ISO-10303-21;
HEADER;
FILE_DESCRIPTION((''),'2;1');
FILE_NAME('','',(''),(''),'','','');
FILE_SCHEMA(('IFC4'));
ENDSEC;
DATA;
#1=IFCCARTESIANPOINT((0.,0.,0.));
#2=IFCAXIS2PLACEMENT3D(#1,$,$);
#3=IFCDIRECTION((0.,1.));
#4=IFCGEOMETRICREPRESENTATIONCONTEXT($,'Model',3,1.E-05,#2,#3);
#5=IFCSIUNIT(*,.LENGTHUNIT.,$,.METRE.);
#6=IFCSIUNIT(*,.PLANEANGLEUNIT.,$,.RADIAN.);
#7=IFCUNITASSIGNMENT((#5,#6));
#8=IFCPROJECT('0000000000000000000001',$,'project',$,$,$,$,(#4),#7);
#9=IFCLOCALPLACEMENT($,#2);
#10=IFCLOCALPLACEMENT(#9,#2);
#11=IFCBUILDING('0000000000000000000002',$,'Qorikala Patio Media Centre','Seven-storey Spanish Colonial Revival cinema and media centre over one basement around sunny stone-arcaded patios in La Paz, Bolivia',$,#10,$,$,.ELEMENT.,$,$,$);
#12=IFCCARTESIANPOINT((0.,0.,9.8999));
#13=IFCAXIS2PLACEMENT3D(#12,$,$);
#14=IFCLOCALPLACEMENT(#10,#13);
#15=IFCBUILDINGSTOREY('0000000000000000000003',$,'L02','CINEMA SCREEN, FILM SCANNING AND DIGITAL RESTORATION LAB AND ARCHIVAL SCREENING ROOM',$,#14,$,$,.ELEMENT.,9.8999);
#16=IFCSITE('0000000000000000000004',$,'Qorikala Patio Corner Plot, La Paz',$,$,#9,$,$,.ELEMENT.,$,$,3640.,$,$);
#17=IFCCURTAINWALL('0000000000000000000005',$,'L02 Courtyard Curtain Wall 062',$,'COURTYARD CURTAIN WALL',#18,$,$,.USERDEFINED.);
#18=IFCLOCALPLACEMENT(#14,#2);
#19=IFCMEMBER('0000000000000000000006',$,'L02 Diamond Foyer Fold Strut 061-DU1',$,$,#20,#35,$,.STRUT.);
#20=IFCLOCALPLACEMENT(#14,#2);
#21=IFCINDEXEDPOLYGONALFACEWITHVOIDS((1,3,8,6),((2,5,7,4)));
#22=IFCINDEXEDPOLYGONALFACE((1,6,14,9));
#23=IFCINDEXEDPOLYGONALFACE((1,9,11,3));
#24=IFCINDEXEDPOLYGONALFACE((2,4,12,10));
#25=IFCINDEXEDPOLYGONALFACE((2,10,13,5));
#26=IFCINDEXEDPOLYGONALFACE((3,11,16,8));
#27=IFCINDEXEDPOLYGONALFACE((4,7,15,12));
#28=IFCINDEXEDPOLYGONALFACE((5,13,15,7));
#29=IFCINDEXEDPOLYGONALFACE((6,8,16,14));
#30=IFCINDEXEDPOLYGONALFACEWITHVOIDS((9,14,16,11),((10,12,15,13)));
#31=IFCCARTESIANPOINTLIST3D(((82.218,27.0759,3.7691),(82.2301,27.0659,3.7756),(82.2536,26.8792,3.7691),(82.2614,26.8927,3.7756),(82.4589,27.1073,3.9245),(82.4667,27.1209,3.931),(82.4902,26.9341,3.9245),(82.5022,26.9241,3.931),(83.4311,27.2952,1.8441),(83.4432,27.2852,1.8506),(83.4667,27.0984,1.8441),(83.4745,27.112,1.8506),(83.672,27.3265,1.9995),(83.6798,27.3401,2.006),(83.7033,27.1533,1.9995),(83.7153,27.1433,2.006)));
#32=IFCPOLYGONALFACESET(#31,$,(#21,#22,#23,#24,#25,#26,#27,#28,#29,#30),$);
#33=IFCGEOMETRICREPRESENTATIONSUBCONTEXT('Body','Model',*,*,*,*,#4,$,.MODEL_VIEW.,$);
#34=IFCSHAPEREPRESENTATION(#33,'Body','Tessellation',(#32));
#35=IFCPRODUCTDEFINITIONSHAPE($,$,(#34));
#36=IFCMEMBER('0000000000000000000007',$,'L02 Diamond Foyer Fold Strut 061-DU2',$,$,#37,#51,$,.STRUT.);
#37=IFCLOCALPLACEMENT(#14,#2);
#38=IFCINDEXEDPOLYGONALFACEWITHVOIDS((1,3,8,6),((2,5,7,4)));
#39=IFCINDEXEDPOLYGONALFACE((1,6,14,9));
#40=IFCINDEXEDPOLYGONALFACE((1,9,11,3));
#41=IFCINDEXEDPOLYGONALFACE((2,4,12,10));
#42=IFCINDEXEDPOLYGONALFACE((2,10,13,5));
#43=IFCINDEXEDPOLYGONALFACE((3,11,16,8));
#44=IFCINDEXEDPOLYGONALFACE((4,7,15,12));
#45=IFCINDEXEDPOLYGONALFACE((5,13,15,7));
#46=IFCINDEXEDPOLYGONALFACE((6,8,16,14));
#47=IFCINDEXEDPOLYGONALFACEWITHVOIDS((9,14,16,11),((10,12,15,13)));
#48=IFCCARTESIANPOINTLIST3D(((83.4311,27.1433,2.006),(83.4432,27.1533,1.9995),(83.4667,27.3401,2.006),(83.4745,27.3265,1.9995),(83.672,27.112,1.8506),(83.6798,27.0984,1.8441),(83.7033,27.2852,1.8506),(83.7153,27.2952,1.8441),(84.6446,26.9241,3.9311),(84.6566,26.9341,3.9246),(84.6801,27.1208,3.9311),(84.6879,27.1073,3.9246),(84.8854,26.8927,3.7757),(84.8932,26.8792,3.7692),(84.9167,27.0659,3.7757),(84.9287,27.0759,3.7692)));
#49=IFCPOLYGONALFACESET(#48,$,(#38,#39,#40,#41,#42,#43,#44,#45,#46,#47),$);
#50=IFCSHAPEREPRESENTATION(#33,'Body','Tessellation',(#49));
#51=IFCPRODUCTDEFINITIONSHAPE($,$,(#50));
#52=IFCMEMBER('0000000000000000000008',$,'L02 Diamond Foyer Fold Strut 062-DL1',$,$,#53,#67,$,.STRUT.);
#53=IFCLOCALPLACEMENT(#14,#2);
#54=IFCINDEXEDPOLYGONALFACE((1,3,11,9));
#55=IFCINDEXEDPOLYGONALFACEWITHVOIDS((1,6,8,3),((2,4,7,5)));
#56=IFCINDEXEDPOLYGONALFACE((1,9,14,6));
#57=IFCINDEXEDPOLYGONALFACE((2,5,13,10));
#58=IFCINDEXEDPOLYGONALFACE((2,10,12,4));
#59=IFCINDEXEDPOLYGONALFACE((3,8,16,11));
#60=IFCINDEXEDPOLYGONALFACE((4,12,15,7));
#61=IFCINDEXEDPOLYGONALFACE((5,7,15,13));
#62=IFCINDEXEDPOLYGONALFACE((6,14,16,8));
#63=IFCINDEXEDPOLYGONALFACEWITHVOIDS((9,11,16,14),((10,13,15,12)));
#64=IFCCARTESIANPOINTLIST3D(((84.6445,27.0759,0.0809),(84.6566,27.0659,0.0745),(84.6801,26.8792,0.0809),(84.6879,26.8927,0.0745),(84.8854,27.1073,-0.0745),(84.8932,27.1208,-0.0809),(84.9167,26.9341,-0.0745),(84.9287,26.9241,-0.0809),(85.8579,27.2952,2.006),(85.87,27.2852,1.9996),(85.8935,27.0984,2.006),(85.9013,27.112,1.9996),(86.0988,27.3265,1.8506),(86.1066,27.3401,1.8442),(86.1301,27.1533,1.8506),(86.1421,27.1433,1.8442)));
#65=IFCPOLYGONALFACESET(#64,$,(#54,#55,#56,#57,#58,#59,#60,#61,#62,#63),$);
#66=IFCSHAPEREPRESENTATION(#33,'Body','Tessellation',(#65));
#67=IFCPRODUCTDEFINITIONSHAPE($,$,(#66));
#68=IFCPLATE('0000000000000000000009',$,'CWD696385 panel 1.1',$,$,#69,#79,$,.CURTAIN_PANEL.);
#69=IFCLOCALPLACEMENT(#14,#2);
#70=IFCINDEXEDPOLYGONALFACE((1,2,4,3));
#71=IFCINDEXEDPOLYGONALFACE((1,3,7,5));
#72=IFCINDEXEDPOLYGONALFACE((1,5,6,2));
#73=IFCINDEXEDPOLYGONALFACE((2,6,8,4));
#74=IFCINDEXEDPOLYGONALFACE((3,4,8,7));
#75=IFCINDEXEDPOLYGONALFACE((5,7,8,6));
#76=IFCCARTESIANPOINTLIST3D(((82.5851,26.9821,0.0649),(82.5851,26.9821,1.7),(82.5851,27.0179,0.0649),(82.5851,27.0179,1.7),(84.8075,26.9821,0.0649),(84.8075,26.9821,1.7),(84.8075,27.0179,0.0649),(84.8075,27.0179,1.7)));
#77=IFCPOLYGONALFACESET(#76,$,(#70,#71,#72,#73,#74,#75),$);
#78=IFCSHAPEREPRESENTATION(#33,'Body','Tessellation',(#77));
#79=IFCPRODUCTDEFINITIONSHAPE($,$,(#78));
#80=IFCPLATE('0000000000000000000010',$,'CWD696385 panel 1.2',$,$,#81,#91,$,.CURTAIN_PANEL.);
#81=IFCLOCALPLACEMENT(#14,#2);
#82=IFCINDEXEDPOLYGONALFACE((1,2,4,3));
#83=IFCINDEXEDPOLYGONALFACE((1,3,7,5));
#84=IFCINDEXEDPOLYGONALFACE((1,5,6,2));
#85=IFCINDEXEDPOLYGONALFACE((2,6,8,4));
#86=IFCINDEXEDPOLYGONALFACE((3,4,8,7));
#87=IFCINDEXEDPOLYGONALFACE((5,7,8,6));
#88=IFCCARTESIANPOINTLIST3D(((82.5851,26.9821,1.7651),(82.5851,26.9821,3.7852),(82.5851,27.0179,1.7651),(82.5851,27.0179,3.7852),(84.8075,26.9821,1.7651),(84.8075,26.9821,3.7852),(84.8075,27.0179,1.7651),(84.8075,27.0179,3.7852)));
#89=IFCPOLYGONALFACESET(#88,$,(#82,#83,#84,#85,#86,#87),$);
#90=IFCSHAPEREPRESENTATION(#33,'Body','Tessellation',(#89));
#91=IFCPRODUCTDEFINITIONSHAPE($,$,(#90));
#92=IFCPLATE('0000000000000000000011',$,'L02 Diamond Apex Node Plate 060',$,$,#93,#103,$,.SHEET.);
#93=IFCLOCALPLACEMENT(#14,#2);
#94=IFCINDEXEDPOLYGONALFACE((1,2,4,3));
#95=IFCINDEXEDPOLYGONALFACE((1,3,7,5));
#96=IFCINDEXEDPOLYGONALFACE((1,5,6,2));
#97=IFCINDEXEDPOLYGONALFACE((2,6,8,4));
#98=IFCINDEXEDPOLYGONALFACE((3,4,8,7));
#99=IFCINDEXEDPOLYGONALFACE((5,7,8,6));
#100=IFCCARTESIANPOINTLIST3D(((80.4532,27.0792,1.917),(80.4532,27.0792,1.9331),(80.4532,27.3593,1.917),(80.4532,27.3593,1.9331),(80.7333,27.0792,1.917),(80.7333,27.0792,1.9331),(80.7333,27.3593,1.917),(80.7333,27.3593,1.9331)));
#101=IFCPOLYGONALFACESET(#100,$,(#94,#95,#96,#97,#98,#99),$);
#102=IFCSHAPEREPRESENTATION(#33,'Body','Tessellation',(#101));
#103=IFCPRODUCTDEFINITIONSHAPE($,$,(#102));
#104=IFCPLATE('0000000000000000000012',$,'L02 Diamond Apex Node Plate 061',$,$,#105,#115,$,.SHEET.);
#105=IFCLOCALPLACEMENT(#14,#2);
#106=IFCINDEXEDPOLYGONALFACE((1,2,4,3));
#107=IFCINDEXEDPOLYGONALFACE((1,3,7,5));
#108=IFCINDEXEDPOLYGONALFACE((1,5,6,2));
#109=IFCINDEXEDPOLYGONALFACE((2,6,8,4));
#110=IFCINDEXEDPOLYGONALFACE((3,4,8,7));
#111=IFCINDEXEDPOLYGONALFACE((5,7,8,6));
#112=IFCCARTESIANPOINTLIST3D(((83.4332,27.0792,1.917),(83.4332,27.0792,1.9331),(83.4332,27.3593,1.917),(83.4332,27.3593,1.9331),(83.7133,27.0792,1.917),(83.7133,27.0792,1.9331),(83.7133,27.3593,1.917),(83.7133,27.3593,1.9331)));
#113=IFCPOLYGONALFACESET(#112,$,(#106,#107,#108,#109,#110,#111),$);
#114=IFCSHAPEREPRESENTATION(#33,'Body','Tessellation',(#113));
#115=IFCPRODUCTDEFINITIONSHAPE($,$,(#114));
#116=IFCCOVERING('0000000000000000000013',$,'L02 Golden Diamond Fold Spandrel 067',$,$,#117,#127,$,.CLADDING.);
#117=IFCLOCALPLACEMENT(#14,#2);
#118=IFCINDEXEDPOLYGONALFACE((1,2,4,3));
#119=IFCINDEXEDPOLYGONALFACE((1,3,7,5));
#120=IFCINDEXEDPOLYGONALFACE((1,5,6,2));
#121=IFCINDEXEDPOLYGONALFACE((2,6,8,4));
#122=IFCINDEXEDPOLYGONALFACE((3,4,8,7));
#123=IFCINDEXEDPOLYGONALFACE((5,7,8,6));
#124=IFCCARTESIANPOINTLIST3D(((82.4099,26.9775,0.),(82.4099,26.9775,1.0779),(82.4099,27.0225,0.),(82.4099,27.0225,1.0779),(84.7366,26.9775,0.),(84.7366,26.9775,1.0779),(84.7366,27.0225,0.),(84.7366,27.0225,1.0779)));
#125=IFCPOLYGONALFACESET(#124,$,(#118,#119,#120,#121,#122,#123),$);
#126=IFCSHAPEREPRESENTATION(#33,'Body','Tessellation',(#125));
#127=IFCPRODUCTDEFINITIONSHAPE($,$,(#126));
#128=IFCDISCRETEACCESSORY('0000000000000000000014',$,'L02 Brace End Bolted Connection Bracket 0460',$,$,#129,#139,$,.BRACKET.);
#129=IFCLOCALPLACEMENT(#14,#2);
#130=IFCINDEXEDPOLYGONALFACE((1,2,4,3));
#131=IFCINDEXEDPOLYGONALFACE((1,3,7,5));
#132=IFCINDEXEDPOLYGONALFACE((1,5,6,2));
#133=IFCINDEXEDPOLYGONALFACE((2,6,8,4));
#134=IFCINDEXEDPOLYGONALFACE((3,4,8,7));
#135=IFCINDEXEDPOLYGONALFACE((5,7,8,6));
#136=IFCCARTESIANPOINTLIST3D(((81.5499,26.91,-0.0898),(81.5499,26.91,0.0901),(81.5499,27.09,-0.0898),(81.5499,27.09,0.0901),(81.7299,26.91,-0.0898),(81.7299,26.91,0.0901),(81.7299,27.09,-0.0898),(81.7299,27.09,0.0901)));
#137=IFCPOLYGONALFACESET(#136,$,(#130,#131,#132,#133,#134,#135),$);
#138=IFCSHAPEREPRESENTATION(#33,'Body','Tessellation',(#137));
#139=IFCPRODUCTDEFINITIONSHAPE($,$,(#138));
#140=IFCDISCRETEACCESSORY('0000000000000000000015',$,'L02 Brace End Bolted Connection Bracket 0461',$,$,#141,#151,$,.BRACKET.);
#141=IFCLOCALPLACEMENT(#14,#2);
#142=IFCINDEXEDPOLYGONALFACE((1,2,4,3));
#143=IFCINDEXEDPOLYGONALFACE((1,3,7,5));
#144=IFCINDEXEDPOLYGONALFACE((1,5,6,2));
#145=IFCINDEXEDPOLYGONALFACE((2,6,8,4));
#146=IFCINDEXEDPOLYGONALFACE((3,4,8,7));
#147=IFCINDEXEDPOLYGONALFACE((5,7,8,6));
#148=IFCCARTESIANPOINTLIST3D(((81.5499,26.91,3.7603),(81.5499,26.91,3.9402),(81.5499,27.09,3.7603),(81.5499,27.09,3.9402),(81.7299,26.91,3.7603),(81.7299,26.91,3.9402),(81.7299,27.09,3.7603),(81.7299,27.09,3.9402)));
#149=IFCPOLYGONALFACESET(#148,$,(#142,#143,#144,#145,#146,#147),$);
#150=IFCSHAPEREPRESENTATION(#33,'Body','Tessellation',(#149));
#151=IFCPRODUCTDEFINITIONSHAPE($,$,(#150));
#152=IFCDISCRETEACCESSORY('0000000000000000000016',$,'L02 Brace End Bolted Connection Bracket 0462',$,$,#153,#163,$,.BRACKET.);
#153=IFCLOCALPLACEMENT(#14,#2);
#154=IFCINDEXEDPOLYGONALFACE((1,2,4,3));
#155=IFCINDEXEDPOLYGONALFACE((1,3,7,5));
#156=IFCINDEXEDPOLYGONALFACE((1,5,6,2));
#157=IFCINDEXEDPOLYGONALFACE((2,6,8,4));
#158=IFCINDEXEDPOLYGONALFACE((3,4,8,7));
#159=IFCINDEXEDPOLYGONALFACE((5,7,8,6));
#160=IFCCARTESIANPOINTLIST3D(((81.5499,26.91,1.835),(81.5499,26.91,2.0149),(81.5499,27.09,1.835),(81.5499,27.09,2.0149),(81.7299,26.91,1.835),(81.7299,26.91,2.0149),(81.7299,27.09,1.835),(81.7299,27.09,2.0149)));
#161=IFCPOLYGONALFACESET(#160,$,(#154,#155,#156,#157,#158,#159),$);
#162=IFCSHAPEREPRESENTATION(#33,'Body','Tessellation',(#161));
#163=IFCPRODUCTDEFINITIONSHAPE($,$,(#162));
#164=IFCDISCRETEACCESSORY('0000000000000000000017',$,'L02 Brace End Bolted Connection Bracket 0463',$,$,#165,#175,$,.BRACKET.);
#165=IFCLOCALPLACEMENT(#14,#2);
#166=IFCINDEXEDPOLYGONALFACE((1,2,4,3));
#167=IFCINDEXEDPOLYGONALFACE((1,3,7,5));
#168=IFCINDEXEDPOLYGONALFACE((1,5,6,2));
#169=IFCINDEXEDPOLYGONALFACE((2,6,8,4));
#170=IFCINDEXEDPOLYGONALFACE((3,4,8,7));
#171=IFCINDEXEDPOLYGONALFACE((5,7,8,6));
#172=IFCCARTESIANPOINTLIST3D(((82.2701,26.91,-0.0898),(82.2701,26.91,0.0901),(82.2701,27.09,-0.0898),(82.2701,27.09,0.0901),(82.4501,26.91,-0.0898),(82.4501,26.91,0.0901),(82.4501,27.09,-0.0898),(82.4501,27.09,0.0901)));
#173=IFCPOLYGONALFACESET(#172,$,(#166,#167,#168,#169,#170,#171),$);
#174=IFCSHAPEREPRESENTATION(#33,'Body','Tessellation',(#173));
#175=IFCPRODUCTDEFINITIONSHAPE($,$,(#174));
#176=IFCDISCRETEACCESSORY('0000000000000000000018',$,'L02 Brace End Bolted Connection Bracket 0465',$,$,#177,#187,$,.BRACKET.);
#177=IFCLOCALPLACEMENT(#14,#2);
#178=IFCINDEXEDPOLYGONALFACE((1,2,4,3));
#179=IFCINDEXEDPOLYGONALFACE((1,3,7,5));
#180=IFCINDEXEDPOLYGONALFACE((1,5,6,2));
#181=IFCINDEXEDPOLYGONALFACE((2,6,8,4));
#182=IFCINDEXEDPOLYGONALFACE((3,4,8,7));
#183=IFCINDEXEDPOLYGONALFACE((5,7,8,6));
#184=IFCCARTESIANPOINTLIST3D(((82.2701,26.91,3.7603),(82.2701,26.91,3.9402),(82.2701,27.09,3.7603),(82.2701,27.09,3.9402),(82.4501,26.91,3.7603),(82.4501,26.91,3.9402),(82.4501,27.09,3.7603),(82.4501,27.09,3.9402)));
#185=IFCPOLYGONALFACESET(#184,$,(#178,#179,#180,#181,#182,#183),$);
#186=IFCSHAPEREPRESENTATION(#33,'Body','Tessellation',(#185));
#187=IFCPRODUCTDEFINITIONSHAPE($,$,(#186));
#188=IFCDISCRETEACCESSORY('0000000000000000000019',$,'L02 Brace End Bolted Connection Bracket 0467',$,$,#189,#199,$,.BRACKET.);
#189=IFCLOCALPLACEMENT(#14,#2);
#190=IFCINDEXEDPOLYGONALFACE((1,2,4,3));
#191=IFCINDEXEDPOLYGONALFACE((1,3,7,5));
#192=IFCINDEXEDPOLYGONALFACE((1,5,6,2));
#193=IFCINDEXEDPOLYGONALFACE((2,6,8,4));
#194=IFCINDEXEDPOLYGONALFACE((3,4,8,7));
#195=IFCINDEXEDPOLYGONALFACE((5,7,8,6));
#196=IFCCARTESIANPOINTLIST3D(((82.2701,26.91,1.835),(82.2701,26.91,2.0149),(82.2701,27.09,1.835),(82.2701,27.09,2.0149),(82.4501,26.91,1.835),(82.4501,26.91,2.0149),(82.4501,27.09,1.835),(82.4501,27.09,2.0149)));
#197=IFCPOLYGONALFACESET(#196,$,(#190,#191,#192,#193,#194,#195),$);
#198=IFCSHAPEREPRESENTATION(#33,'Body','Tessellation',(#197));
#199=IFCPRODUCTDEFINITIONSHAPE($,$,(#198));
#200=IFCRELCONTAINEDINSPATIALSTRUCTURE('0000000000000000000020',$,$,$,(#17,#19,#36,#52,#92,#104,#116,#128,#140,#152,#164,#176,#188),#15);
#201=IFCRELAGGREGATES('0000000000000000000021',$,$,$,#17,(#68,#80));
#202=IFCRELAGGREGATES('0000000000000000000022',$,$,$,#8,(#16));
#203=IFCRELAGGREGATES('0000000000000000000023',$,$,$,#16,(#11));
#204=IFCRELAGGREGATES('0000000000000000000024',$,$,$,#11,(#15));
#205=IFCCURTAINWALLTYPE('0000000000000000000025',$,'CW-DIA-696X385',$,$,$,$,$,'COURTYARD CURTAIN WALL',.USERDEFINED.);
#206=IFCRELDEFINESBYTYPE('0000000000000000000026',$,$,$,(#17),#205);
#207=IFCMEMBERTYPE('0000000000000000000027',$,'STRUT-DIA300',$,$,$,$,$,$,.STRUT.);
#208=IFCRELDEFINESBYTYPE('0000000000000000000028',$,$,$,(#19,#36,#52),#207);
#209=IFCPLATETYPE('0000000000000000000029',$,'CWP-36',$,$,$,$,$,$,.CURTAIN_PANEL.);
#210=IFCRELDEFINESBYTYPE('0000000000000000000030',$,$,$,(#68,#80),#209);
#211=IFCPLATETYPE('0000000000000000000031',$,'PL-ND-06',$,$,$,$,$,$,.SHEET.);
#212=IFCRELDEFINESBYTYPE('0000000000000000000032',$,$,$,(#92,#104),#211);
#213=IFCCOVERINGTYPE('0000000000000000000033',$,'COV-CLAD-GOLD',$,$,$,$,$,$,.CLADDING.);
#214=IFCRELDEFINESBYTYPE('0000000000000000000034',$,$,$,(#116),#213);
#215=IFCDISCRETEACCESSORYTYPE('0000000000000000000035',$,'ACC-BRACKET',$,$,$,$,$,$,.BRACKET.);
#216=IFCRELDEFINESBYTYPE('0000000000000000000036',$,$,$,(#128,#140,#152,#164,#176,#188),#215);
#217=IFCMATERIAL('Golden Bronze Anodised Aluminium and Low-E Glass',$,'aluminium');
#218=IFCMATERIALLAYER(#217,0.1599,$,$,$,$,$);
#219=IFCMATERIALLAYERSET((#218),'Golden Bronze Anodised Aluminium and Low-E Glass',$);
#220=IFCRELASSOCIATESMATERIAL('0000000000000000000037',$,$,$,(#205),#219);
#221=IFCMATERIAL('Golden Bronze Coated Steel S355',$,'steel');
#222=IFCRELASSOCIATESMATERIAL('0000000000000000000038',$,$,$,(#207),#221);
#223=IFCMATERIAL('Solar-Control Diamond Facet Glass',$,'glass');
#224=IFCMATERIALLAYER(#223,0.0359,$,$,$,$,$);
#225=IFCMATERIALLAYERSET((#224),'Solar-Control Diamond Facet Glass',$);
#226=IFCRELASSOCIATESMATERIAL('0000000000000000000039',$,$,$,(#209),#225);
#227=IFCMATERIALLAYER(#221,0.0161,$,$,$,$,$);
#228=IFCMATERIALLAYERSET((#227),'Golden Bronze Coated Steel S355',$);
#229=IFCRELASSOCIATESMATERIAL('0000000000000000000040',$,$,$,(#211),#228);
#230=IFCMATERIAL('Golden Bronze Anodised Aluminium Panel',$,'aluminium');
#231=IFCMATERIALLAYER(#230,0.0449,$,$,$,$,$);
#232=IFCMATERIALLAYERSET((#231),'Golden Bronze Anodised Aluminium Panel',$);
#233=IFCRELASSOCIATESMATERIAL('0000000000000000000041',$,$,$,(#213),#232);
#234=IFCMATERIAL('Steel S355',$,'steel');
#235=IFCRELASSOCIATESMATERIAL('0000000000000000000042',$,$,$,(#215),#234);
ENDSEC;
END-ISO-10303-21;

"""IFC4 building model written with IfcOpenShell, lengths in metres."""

from ifc_helpers import new_model, si_unit, direction, frame, origin, origin_2d, place, context, subcontext, project, spatial, rectangle, hollow_rectangle, extrude, material, layer, layer_set, material_profile, profile_set, type_object, element, aggregate, save


model = new_model("IFC4")

# Units and contexts
model_context = context("Model", 3, precision=1e-05, world=origin(), true_north=direction((0.0, 1.0)))
body_context = subcontext(model_context, "Body", "Model", "MODEL_VIEW")
ifc_project = project(units=[si_unit("LENGTHUNIT", "METRE"), si_unit("PLANEANGLEUNIT", "RADIAN")], contexts=[model_context])

# Site, building, storey
site_placement = place(None, origin())
site = spatial("IfcSite", under=ifc_project, at=site_placement, Name="Qorikala Patio Corner Plot, La Paz", CompositionType="ELEMENT", RefElevation=3640.0)
building_placement = place(site_placement, origin())
building = spatial("IfcBuilding", under=site, at=building_placement, Name="Qorikala Patio Media Centre", Description="Seven-storey Spanish Colonial Revival cinema and media centre over one basement around sunny stone-arcaded patios in La Paz, Bolivia", CompositionType="ELEMENT")
storey_placement = place(building_placement, frame((0.0, 0.0, 9.8999)))
storey = spatial("IfcBuildingStorey", under=building, at=storey_placement, Name="L02", Description="CINEMA SCREEN, FILM SCANNING AND DIGITAL RESTORATION LAB AND ARCHIVAL SCREENING ROOM", CompositionType="ELEMENT", Elevation=9.8999)

# Shared definitions
ifc_material_1 = material(Name="Golden Bronze Coated Steel S355", Category="steel")

# Shared definitions
ifc_material_2 = material(Name="Golden Bronze Anodised Aluminium and Low-E Glass", Category="aluminium")

# Curtain wall
ifc_layer_1 = layer(ifc_material_2, 0.1599)
ifc_layer_set_1 = layer_set([ifc_layer_1], Name="Golden Bronze Anodised Aluminium and Low-E Glass")
curtain_wall_type_1 = type_object("IfcCurtainWallType", Name="CW-DIA-696X385", ElementType="COURTYARD CURTAIN WALL", PredefinedType="USERDEFINED", material=ifc_layer_set_1)
curtain_wall_1_placement = place(storey_placement, origin())
curtain_wall_1 = element("IfcCurtainWall", 1, at=curtain_wall_1_placement, inside=storey, type_object=curtain_wall_type_1, Name="L02 Courtyard Curtain Wall 062", ObjectType="COURTYARD CURTAIN WALL", PredefinedType="USERDEFINED")

# Members
ifc_material_profile_1 = material_profile(ifc_material_1, hollow_rectangle(XDim=0.2, YDim=0.3, WallThickness=0.012, at=origin_2d()), Name="HSS300X200X12")
ifc_profile_set_1 = profile_set([ifc_material_profile_1], Name="Golden Bronze Coated Steel S355")
member_type_1 = type_object("IfcMemberType", Name="STRUT-DIA300", PredefinedType="STRUT", material=ifc_profile_set_1)
member_1_placement = place(storey_placement, frame((83.5732, 27.2192, 1.925), z_axis=(-0.530691, -0.095907, 0.842121), x_axis=(0.17784, -0.984059, 0.0)))
element("IfcMember", 2, at=member_1_placement, inside=storey, type_object=member_type_1, Name="L02 Diamond Foyer Fold Strut 061-DU1", PredefinedType="STRUT", context=body_context, shape_type="SweptSolid", body=[
    extrude(hollow_rectangle(XDim=0.2, YDim=0.3, WallThickness=0.012, at=origin_2d()), origin(), (0.0, 0.0, 1.0), 2.2859),
])
for number, where, z_axis, x_axis, name in (
    (3, (83.5732, 27.2192, 1.925), (0.530768, -0.095901, 0.842074), (0.177805, 0.984066, 0.0), "L02 Diamond Foyer Fold Strut 061-DU2"),
    (4, (84.7866, 27.0, 0.0), (0.530768, 0.095901, 0.842074), (-0.177805, 0.984066, 0.0), "L02 Diamond Foyer Fold Strut 062-DL1"),
):
    element("IfcMember", number, at=place(storey_placement, frame(where, z_axis=z_axis, x_axis=x_axis)), inside=storey, type_object=member_type_1, Name=name, PredefinedType="STRUT", context=body_context, shape_type="SweptSolid", body=[
        extrude(hollow_rectangle(XDim=0.2, YDim=0.3, WallThickness=0.012, at=origin_2d()), origin(), (0.0, 0.0, 1.0), 2.2861),
    ])

# Plates
ifc_material_3 = material(Name="Solar-Control Diamond Facet Glass", Category="glass")
ifc_layer_2 = layer(ifc_material_3, 0.0359)
ifc_layer_set_2 = layer_set([ifc_layer_2], Name="Solar-Control Diamond Facet Glass")
plate_type_1 = type_object("IfcPlateType", Name="CWP-36", PredefinedType="CURTAIN_PANEL", material=ifc_layer_set_2)
plate_1_placement = place(storey_placement, frame((83.6963, 27.0, 0.0649), z_axis=(0.0, 0.0, 1.0), x_axis=(1.0, 0.0, 0.0)))
plate_1 = element("IfcPlate", 5, at=plate_1_placement, type_object=plate_type_1, Name="CWD696385 panel 1.1", PredefinedType="CURTAIN_PANEL", context=body_context, shape_type="SweptSolid", body=[
    extrude(rectangle(XDim=2.2224, YDim=0.0359, at=origin_2d()), origin(), (0.0, 0.0, 1.0), 1.635),
])
plate_2_placement = place(storey_placement, frame((83.6963, 27.0, 1.7651), z_axis=(0.0, 0.0, 1.0), x_axis=(1.0, 0.0, 0.0)))
plate_2 = element("IfcPlate", 6, at=plate_2_placement, type_object=plate_type_1, Name="CWD696385 panel 1.2", PredefinedType="CURTAIN_PANEL", context=body_context, shape_type="SweptSolid", body=[
    extrude(rectangle(XDim=2.2224, YDim=0.0359, at=origin_2d()), origin(), (0.0, 0.0, 1.0), 2.02),
])
aggregate(curtain_wall_1, [plate_1, plate_2])

# Plates
ifc_layer_3 = layer(ifc_material_1, 0.0161)
ifc_layer_set_3 = layer_set([ifc_layer_3], Name="Golden Bronze Coated Steel S355")
plate_type_2 = type_object("IfcPlateType", Name="PL-ND-06", PredefinedType="SHEET", material=ifc_layer_set_3)
for number, where, z_axis, x_axis, name in (
    (7, (80.5933, 27.2192, 1.917), (0.0, 0.0, 1.0), (1.0, 0.0, 0.0), "L02 Diamond Apex Node Plate 060"),
    (8, (83.5732, 27.2192, 1.917), (0.0, 0.0, 1.0), (1.0, 0.0, 0.0), "L02 Diamond Apex Node Plate 061"),
):
    element("IfcPlate", number, at=place(storey_placement, frame(where, z_axis=z_axis, x_axis=x_axis)), inside=storey, type_object=plate_type_2, Name=name, PredefinedType="SHEET", context=body_context, shape_type="SweptSolid", body=[
        extrude(rectangle(XDim=0.28, YDim=0.28, at=origin_2d()), origin(), (0.0, 0.0, 1.0), 0.0161),
    ])

# Covering
ifc_material_4 = material(Name="Golden Bronze Anodised Aluminium Panel", Category="aluminium")
ifc_layer_4 = layer(ifc_material_4, 0.0449)
ifc_layer_set_4 = layer_set([ifc_layer_4], Name="Golden Bronze Anodised Aluminium Panel")
covering_type = type_object("IfcCoveringType", Name="COV-CLAD-GOLD", PredefinedType="CLADDING", material=ifc_layer_set_4)
covering_placement = place(storey_placement, frame((83.5732, 27.0, 0.0), z_axis=(0.0, 0.0, 1.0), x_axis=(1.0, 0.0, 0.0)))
element("IfcCovering", 9, at=covering_placement, inside=storey, type_object=covering_type, Name="L02 Golden Diamond Fold Spandrel 067", PredefinedType="CLADDING", context=body_context, shape_type="SweptSolid", body=[
    extrude(rectangle(XDim=2.3267, YDim=0.0449, at=origin_2d()), origin(), (0.0, 0.0, 1.0), 1.0779),
])

# Discrete accessories
ifc_material_5 = material(Name="Steel S355", Category="steel")
discrete_accessory_type = type_object("IfcDiscreteAccessoryType", Name="ACC-BRACKET", PredefinedType="BRACKET", material=ifc_material_5)
for number, where, z_axis, x_axis, name in (
    (10, (81.6399, 27.0, -0.0898), (0.0, 0.0, 1.0), (1.0, 0.0, 0.0), "L02 Brace End Bolted Connection Bracket 0460"),
    (11, (81.6399, 27.0, 3.7603), (0.0, 0.0, 1.0), (1.0, 0.0, 0.0), "L02 Brace End Bolted Connection Bracket 0461"),
    (12, (81.6399, 27.0, 1.835), (0.0, 0.0, 1.0), (1.0, 0.0, 0.0), "L02 Brace End Bolted Connection Bracket 0462"),
    (13, (82.3601, 27.0, -0.0898), (0.0, 0.0, 1.0), (1.0, 0.0, 0.0), "L02 Brace End Bolted Connection Bracket 0463"),
    (14, (82.3601, 27.0, 3.7603), (0.0, 0.0, 1.0), (1.0, 0.0, 0.0), "L02 Brace End Bolted Connection Bracket 0465"),
    (15, (82.3601, 27.0, 1.835), (0.0, 0.0, 1.0), (1.0, 0.0, 0.0), "L02 Brace End Bolted Connection Bracket 0467"),
):
    element("IfcDiscreteAccessory", number, at=place(storey_placement, frame(where, z_axis=z_axis, x_axis=x_axis)), inside=storey, type_object=discrete_accessory_type, Name=name, PredefinedType="BRACKET", context=body_context, shape_type="SweptSolid", body=[
        extrude(rectangle(XDim=0.1799, YDim=0.1799, at=origin_2d()), origin(), (0.0, 0.0, 1.0), 0.1799),
    ])

save(model, "model.ifc")
